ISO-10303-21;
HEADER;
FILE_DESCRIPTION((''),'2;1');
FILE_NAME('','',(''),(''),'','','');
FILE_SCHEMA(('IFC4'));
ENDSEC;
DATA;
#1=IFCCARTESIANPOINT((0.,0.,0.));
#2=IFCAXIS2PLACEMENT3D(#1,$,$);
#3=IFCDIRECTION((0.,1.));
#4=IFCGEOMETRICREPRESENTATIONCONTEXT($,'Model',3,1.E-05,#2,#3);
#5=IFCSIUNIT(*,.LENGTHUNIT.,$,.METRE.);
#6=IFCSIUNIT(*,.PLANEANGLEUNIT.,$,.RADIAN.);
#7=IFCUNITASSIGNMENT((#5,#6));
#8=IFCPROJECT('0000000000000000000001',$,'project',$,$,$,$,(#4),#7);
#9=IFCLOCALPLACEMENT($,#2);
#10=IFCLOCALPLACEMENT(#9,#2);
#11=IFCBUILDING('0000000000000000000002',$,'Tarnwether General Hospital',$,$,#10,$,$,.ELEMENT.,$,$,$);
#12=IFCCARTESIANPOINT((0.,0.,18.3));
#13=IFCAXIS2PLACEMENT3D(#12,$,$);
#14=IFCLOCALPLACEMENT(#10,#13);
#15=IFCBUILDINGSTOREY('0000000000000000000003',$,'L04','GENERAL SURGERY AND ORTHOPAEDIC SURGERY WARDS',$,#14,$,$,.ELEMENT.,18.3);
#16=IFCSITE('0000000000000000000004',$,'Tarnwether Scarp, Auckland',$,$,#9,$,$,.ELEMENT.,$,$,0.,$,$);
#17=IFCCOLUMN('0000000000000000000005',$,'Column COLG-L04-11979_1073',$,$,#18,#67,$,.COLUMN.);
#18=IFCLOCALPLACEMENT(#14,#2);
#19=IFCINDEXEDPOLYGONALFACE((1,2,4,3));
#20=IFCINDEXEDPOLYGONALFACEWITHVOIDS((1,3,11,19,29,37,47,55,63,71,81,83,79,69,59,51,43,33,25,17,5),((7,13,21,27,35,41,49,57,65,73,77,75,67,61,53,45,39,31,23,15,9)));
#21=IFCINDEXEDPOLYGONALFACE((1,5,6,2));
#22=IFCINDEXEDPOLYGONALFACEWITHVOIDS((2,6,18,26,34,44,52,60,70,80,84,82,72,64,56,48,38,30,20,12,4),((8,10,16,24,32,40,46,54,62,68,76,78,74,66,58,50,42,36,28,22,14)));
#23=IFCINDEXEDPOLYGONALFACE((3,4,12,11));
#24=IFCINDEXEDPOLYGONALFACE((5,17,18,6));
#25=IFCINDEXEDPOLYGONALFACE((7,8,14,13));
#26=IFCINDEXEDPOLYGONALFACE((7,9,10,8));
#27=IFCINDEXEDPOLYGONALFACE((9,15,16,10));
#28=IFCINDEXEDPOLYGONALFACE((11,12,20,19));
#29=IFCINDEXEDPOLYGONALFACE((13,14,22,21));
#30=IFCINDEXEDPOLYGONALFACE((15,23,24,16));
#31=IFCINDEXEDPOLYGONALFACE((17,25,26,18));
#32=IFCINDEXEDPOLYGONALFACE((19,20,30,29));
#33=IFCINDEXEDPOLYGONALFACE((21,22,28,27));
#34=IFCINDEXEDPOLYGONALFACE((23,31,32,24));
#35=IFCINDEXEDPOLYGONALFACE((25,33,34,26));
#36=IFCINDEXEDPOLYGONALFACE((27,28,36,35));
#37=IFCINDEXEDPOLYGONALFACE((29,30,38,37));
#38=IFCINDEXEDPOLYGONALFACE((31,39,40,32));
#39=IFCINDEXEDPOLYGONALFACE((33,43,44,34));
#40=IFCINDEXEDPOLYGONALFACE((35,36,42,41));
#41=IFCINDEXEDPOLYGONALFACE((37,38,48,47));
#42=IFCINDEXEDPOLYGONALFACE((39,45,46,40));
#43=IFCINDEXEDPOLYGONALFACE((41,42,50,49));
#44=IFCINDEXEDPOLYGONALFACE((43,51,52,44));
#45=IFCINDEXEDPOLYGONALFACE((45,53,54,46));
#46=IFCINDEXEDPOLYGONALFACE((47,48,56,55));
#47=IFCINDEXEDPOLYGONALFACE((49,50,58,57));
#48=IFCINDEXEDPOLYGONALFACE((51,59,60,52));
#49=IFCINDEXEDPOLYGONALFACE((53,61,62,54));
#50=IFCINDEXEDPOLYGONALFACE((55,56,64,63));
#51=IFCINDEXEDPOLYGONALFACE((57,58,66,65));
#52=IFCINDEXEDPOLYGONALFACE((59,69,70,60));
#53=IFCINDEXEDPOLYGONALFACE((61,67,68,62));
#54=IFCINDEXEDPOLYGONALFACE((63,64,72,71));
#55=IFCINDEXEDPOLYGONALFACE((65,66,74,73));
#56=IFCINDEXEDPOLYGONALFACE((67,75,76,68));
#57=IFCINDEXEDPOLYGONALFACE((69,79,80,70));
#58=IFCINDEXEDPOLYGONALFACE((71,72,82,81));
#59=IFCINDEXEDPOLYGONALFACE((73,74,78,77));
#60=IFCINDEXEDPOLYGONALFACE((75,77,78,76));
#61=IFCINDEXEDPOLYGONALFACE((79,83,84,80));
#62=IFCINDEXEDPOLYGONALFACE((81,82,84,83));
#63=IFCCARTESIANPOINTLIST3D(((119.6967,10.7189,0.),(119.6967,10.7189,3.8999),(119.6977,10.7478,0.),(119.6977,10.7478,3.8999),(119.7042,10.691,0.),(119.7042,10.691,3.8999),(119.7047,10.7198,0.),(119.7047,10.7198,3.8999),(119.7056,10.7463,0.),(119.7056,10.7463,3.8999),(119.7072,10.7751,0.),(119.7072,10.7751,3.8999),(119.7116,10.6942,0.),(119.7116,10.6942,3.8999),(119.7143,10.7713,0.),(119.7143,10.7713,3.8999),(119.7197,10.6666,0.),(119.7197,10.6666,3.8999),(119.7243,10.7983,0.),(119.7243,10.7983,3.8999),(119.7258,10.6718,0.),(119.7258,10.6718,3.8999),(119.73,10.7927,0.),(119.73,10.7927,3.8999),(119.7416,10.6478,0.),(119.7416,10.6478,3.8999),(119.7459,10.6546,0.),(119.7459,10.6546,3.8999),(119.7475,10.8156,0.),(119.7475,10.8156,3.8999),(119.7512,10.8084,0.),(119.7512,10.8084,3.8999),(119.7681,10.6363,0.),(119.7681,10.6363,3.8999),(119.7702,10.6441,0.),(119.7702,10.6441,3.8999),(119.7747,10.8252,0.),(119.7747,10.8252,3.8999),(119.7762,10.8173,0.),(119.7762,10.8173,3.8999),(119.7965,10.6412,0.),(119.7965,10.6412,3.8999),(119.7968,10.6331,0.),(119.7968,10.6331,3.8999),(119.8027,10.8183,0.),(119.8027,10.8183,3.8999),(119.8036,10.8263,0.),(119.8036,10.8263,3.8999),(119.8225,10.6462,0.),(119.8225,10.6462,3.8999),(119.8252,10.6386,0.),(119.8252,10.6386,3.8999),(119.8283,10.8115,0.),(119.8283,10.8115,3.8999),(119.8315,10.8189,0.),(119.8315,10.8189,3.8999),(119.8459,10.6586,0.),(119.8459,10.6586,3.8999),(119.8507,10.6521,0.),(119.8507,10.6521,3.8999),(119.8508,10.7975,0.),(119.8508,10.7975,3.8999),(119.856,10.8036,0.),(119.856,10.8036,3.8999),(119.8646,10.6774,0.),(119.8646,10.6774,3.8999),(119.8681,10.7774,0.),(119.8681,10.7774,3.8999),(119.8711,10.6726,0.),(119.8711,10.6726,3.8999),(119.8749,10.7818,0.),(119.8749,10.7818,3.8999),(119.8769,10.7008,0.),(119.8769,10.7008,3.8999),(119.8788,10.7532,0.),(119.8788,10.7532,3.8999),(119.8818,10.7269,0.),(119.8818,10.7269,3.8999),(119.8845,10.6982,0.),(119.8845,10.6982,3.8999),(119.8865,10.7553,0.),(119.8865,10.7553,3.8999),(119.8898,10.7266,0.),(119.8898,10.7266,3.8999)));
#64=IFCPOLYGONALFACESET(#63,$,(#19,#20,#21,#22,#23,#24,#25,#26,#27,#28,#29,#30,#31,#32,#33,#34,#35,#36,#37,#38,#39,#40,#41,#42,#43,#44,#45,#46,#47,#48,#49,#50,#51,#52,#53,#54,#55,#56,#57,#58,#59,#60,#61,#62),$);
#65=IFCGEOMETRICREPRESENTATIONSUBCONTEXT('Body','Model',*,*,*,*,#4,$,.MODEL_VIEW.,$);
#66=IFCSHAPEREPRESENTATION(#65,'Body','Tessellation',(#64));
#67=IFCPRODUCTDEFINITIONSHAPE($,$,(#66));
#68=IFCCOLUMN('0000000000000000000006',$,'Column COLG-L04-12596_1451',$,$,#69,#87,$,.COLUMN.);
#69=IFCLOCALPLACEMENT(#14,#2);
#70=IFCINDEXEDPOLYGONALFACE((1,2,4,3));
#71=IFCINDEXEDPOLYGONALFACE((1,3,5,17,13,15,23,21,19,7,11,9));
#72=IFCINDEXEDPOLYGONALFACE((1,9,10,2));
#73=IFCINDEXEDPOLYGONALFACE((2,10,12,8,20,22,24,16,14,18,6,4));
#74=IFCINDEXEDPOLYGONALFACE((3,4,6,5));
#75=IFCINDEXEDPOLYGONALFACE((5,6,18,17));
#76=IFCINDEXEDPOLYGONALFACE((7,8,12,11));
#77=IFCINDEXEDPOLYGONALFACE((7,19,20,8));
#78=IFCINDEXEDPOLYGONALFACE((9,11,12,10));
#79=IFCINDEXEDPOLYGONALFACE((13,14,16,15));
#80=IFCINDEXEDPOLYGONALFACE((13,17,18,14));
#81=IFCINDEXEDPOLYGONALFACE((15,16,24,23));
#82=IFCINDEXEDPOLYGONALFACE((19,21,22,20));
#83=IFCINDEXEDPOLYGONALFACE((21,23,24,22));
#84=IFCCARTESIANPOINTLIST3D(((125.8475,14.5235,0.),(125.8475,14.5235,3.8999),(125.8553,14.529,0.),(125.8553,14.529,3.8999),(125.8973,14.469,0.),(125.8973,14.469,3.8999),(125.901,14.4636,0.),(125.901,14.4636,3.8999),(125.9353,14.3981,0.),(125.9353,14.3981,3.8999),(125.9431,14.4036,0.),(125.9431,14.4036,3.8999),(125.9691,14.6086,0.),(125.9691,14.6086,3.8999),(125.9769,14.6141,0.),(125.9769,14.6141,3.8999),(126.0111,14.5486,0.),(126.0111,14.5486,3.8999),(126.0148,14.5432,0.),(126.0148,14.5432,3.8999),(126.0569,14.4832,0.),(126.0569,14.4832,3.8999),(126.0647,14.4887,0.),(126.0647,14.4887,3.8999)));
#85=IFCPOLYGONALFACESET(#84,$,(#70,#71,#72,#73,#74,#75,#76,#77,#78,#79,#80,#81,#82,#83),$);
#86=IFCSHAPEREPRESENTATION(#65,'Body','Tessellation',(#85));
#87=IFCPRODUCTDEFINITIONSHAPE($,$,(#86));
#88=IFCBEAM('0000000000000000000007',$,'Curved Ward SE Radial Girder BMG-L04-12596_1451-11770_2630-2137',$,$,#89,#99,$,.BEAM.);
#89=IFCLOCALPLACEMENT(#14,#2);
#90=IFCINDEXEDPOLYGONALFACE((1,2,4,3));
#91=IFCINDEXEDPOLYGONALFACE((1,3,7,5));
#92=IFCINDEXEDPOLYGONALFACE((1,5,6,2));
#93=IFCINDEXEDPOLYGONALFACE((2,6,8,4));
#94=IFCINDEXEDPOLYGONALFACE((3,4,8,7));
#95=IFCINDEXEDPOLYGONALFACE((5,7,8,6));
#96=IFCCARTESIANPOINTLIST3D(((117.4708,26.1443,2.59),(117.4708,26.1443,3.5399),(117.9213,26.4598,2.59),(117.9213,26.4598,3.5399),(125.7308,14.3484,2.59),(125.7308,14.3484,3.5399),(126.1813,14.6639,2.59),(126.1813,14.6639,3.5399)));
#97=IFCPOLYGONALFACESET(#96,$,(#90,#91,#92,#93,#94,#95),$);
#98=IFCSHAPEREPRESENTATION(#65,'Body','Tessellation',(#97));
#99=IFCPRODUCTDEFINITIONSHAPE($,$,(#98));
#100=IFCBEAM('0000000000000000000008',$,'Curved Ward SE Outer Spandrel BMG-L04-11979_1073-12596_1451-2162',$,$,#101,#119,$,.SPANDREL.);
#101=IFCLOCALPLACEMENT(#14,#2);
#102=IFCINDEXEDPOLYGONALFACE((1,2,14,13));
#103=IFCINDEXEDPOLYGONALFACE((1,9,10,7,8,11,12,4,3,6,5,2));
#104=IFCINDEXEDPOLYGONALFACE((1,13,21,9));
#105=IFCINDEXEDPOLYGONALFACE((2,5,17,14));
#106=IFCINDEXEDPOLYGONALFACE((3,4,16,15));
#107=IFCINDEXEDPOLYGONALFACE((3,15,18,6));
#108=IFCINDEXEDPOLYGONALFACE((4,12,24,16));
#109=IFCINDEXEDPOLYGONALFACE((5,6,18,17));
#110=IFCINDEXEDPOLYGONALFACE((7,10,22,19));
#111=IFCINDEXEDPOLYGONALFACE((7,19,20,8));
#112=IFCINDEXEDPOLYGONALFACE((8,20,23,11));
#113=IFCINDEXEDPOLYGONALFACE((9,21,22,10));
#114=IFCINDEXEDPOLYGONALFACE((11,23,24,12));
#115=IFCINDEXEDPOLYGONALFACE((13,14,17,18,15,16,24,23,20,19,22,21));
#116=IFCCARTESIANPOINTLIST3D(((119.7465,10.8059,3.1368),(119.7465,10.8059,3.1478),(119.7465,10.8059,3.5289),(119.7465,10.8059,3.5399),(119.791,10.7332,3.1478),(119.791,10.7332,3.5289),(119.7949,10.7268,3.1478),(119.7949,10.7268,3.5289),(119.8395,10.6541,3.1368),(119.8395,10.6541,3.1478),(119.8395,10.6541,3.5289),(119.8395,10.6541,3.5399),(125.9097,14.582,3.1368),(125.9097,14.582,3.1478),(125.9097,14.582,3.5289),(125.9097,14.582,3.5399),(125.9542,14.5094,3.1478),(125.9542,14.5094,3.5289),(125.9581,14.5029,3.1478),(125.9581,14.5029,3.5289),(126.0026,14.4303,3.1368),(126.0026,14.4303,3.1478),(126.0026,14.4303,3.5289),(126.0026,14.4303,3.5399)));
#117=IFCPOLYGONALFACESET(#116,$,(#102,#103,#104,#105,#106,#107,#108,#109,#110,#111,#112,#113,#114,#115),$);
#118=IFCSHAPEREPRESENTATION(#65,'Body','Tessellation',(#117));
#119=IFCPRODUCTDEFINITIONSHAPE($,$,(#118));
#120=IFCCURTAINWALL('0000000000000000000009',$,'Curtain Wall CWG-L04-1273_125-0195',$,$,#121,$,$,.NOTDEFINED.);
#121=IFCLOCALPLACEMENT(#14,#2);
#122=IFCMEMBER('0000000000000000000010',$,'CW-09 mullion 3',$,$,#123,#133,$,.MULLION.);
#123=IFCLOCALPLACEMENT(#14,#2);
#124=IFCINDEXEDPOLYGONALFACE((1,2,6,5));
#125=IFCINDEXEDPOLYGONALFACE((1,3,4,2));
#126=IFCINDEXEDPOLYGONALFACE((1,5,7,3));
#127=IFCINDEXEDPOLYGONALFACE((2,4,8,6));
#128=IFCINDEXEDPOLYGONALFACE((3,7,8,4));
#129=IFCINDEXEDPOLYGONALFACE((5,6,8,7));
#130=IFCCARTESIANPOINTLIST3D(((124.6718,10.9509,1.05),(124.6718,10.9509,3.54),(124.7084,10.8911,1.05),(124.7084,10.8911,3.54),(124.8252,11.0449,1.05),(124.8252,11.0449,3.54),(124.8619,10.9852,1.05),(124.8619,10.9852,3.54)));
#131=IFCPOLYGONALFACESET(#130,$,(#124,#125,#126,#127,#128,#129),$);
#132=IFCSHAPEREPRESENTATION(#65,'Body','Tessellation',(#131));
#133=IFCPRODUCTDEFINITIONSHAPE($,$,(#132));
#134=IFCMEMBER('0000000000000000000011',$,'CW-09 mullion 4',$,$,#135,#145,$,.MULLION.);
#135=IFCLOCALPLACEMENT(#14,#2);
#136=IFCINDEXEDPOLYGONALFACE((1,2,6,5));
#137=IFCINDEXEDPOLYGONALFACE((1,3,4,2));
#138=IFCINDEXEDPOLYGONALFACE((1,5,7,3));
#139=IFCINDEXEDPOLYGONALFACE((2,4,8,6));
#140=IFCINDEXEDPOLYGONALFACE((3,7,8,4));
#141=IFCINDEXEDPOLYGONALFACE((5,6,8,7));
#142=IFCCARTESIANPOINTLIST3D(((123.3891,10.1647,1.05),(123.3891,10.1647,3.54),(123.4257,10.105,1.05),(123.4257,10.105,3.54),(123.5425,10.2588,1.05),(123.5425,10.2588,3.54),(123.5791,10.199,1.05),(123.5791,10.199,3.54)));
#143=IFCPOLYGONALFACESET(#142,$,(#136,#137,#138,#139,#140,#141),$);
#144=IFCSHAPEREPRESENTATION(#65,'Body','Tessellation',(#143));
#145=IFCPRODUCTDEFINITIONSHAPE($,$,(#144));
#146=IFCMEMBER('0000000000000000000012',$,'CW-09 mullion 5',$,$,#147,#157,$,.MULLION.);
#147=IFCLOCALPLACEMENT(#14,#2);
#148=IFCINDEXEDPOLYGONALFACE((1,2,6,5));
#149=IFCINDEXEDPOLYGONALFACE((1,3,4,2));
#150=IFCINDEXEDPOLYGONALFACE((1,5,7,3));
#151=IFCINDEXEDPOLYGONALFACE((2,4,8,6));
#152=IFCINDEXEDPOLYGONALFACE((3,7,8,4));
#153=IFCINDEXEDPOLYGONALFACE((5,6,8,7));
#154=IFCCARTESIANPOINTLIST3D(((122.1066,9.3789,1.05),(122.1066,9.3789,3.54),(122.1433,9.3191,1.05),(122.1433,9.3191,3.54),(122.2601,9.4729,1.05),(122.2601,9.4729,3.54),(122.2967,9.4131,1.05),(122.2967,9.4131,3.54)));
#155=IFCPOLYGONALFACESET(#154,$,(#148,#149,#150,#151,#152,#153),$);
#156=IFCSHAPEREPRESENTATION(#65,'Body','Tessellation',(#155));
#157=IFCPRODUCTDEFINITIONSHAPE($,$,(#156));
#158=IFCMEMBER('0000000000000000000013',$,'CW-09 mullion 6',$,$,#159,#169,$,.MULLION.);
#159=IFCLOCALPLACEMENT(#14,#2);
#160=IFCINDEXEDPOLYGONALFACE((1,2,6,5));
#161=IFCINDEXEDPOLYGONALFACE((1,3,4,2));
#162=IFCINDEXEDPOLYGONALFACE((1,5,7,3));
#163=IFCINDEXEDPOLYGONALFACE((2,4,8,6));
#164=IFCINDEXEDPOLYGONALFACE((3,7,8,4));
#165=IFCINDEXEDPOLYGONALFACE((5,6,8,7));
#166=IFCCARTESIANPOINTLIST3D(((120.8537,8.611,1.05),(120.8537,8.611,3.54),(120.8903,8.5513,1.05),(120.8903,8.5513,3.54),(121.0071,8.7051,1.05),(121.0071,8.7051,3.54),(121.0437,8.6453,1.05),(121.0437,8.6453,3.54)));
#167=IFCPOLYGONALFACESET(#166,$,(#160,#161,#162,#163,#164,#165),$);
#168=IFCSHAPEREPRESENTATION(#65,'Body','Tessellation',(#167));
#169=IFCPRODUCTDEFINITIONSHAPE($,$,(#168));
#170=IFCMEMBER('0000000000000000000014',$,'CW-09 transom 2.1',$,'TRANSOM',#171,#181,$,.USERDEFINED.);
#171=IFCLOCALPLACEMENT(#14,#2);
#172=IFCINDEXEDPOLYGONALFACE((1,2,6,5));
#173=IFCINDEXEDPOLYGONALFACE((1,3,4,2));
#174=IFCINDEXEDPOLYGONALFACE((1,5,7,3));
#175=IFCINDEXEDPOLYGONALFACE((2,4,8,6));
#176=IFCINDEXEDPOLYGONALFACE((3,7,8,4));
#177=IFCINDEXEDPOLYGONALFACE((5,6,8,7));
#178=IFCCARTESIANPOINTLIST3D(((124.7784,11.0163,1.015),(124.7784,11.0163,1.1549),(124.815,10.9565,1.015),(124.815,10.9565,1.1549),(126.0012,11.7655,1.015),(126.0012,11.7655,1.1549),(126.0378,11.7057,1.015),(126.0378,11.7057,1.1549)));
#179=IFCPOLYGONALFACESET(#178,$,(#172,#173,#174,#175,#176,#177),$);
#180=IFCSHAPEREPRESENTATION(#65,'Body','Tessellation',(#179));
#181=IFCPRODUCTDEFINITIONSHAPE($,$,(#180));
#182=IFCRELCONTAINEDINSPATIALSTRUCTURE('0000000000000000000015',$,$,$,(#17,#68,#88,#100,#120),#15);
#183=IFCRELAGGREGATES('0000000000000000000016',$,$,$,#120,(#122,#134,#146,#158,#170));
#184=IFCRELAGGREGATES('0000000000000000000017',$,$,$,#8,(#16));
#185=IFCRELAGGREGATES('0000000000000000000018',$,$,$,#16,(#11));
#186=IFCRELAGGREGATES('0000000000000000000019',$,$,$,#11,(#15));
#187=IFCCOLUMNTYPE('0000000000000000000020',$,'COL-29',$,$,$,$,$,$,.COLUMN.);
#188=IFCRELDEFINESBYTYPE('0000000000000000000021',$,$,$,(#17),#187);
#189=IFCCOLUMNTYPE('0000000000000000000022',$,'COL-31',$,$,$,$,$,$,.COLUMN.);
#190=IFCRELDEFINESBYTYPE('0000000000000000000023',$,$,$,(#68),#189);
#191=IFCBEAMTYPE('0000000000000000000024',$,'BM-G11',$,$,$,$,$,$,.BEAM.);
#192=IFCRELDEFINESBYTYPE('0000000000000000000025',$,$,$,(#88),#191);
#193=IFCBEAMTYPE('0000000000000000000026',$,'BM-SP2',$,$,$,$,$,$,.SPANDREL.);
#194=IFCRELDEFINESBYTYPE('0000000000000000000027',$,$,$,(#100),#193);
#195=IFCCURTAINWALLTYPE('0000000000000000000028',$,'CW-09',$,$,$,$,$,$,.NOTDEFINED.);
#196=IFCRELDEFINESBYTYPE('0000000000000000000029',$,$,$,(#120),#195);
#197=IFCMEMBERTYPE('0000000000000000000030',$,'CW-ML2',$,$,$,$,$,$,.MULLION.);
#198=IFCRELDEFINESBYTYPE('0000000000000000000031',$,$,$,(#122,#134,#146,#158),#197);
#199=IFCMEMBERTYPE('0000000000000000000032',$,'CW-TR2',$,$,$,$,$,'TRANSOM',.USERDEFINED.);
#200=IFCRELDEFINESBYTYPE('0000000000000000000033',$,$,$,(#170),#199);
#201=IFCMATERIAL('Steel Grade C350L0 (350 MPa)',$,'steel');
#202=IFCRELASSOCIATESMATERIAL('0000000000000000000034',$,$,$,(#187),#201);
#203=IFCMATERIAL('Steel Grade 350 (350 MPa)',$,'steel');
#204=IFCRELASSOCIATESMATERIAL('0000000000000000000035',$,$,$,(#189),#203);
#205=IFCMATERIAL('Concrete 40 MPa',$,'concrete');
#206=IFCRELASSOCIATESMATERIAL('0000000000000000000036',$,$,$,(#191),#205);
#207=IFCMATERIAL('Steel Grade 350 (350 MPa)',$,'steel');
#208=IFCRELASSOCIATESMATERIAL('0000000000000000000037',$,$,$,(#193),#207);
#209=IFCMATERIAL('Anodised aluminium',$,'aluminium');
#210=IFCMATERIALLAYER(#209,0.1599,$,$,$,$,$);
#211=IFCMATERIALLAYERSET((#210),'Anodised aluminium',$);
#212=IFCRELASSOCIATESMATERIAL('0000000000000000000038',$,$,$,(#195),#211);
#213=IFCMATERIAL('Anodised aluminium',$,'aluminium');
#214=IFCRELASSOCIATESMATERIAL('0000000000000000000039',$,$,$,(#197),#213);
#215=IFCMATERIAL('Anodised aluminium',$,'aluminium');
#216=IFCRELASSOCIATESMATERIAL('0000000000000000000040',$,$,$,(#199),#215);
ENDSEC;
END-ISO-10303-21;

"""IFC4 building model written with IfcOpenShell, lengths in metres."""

from ifc_helpers import new_model, si_unit, direction, frame, origin, origin_2d, place, context, subcontext, project, spatial, rectangle, hollow_circle, i_section, extrude, material, layer, layer_set, material_profile, profile_set, type_object, element, aggregate, save


model = new_model("IFC4")

# Units and contexts
model_context = context("Model", 3, precision=1e-05, world=origin(), true_north=direction((0.0, 1.0)))
body_context = subcontext(model_context, "Body", "Model", "MODEL_VIEW")
ifc_project = project(units=[si_unit("LENGTHUNIT", "METRE"), si_unit("PLANEANGLEUNIT", "RADIAN")], contexts=[model_context])

# Site, building, storey
site_placement = place(None, origin())
site = spatial("IfcSite", under=ifc_project, at=site_placement, Name="Tarnwether Scarp, Auckland", CompositionType="ELEMENT", RefElevation=0.0)
building_placement = place(site_placement, origin())
building = spatial("IfcBuilding", under=site, at=building_placement, Name="Tarnwether General Hospital", CompositionType="ELEMENT")
storey_placement = place(building_placement, frame((0.0, 0.0, 18.3)))
storey = spatial("IfcBuildingStorey", under=building, at=storey_placement, Name="L04", Description="GENERAL SURGERY AND ORTHOPAEDIC SURGERY WARDS", CompositionType="ELEMENT", Elevation=18.3)

# Columns
ifc_material_1 = material(Name="Steel Grade C350L0 (350 MPa)", Category="steel")
ifc_material_profile_1 = material_profile(ifc_material_1, hollow_circle(Radius=0.0969, WallThickness=0.0081, at=origin_2d()), Name="CHS193.7x8.0")
ifc_profile_set_1 = profile_set([ifc_material_profile_1], Name="Steel Grade C350L0 (350 MPa)")
column_type_1 = type_object("IfcColumnType", Name="COL-29", PredefinedType="COLUMN", material=ifc_profile_set_1)
column_1_placement = place(storey_placement, frame((119.793, 10.73, 0.0), z_axis=(0.0, 0.0, 1.0), x_axis=(-0.469472, 0.882948, 0.0)))
element("IfcColumn", 1, at=column_1_placement, inside=storey, type_object=column_type_1, Name="Column COLG-L04-11979_1073", PredefinedType="COLUMN", context=body_context, shape_type="SweptSolid", body=[
    extrude(hollow_circle(Radius=0.0969, WallThickness=0.0081, at=origin_2d()), origin(), (0.0, 0.0, 1.0), 3.8999),
])
ifc_material_2 = material(Name="Steel Grade 350 (350 MPa)", Category="steel")
ifc_material_profile_2 = material_profile(ifc_material_2, i_section(OverallWidth=0.1531, OverallDepth=0.158, WebThickness=0.0066, FlangeThickness=0.0095, at=origin_2d()), Name="150UC30.0")
ifc_profile_set_2 = profile_set([ifc_material_profile_2], Name="Steel Grade 350 (350 MPa)")
column_type_2 = type_object("IfcColumnType", Name="COL-31", PredefinedType="COLUMN", material=ifc_profile_set_2)
column_2_placement = place(storey_placement, frame((125.9561, 14.5061, 0.0), z_axis=(0.0, 0.0, 1.0), x_axis=(-0.573576, 0.819152, 0.0)))
element("IfcColumn", 2, at=column_2_placement, inside=storey, type_object=column_type_2, Name="Column COLG-L04-12596_1451", PredefinedType="COLUMN", context=body_context, shape_type="SweptSolid", body=[
    extrude(i_section(OverallWidth=0.1531, OverallDepth=0.158, WebThickness=0.0066, FlangeThickness=0.0095, at=origin_2d()), origin(), (0.0, 0.0, 1.0), 3.8999),
])

# Beams
ifc_material_3 = material(Name="Concrete 40 MPa", Category="concrete")
ifc_material_profile_3 = material_profile(ifc_material_3, rectangle(XDim=0.55, YDim=0.95, at=origin_2d()), Name="RC-BM-550x950")
ifc_profile_set_3 = profile_set([ifc_material_profile_3], Name="Concrete 40 MPa")
beam_type_1 = type_object("IfcBeamType", Name="BM-G11", PredefinedType="BEAM", material=ifc_profile_set_3)
beam_1_placement = place(storey_placement, frame((125.9561, 14.5061, 3.0649), z_axis=(-0.573597, 0.819138, 0.0), x_axis=(-0.819138, -0.573597, 0.0)))
element("IfcBeam", 3, at=beam_1_placement, inside=storey, type_object=beam_type_1, Name="Curved Ward SE Radial Girder BMG-L04-12596_1451-11770_2630-2137", PredefinedType="BEAM", context=body_context, shape_type="SweptSolid", body=[
    extrude(rectangle(XDim=0.55, YDim=0.95, at=origin_2d()), origin(), (0.0, 0.0, 1.0), 14.4004),
])
ifc_material_4 = material(Name="Steel Grade 350 (350 MPa)", Category="steel")
ifc_material_profile_4 = material_profile(ifc_material_4, i_section(OverallWidth=0.178, OverallDepth=0.4031, WebThickness=0.0076, FlangeThickness=0.011, at=origin_2d()), Name="410UB53.7")
ifc_profile_set_4 = profile_set([ifc_material_profile_4], Name="Steel Grade 350 (350 MPa)")
beam_type_2 = type_object("IfcBeamType", Name="BM-SP2", PredefinedType="SPANDREL", material=ifc_profile_set_4)
beam_2_placement = place(storey_placement, frame((119.793, 10.73, 3.3384), z_axis=(0.852678, 0.522436, 0.0), x_axis=(-0.522436, 0.852678, 0.0)))
element("IfcBeam", 4, at=beam_2_placement, inside=storey, type_object=beam_type_2, Name="Curved Ward SE Outer Spandrel BMG-L04-11979_1073-12596_1451-2162", PredefinedType="SPANDREL", context=body_context, shape_type="SweptSolid", body=[
    extrude(i_section(OverallWidth=0.178, OverallDepth=0.4031, WebThickness=0.0076, FlangeThickness=0.011, at=origin_2d()), origin(), (0.0, 0.0, 1.0), 7.228),
])

# Curtain wall, members
ifc_material_5 = material(Name="Anodised aluminium", Category="aluminium")
ifc_layer_1 = layer(ifc_material_5, 0.1599)
ifc_layer_set_1 = layer_set([ifc_layer_1], Name="Anodised aluminium")
curtain_wall_type = type_object("IfcCurtainWallType", Name="CW-09", PredefinedType="NOTDEFINED", material=ifc_layer_set_1)
curtain_wall_placement = place(storey_placement, origin())
curtain_wall = element("IfcCurtainWall", 5, at=curtain_wall_placement, inside=storey, type_object=curtain_wall_type, Name="Curtain Wall CWG-L04-1273_125-0195", PredefinedType="NOTDEFINED")
ifc_material_6 = material(Name="Anodised aluminium", Category="aluminium")
ifc_material_profile_5 = material_profile(ifc_material_6, rectangle(XDim=0.0701, YDim=0.1799, at=origin_2d()), Name="ALU-MUL-70x180")
ifc_profile_set_5 = profile_set([ifc_material_profile_5], Name="Anodised aluminium")
member_type_1 = type_object("IfcMemberType", Name="CW-ML2", PredefinedType="MULLION", material=ifc_profile_set_5)
member_1_placement = place(storey_placement, frame((124.7668, 10.968, 1.05), z_axis=(0.0, 0.0, 1.0), x_axis=(0.522509, -0.852634, 0.0)))
member_1 = element("IfcMember", 6, at=member_1_placement, type_object=member_type_1, Name="CW-09 mullion 3", PredefinedType="MULLION", context=body_context, shape_type="SweptSolid", body=[
    extrude(rectangle(XDim=0.0701, YDim=0.1799, at=origin_2d()), origin(), (0.0, 0.0, 1.0), 2.49),
])
member_2_placement = place(storey_placement, frame((123.4841, 10.1819, 1.05), z_axis=(0.0, 0.0, 1.0), x_axis=(0.522509, -0.852634, 0.0)))
member_2 = element("IfcMember", 7, at=member_2_placement, type_object=member_type_1, Name="CW-09 mullion 4", PredefinedType="MULLION", context=body_context, shape_type="SweptSolid", body=[
    extrude(rectangle(XDim=0.0701, YDim=0.1799, at=origin_2d()), origin(), (0.0, 0.0, 1.0), 2.49),
])
member_3_placement = place(storey_placement, frame((122.2017, 9.396, 1.05), z_axis=(0.0, 0.0, 1.0), x_axis=(0.522509, -0.852634, 0.0)))
member_3 = element("IfcMember", 8, at=member_3_placement, type_object=member_type_1, Name="CW-09 mullion 5", PredefinedType="MULLION", context=body_context, shape_type="SweptSolid", body=[
    extrude(rectangle(XDim=0.0701, YDim=0.1799, at=origin_2d()), origin(), (0.0, 0.0, 1.0), 2.49),
])
member_4_placement = place(storey_placement, frame((120.9487, 8.6282, 1.05), z_axis=(0.0, 0.0, 1.0), x_axis=(0.522509, -0.852634, 0.0)))
member_4 = element("IfcMember", 9, at=member_4_placement, type_object=member_type_1, Name="CW-09 mullion 6", PredefinedType="MULLION", context=body_context, shape_type="SweptSolid", body=[
    extrude(rectangle(XDim=0.0701, YDim=0.1799, at=origin_2d()), origin(), (0.0, 0.0, 1.0), 2.49),
])
ifc_material_7 = material(Name="Anodised aluminium", Category="aluminium")
ifc_material_profile_6 = material_profile(ifc_material_7, rectangle(XDim=0.0701, YDim=0.1399, at=origin_2d()), Name="ALU-TRN-70x140")
ifc_profile_set_6 = profile_set([ifc_material_profile_6], Name="Anodised aluminium")
member_type_2 = type_object("IfcMemberType", Name="CW-TR2", ElementType="TRANSOM", PredefinedType="USERDEFINED", material=ifc_profile_set_6)
member_5_placement = place(storey_placement, frame((126.0195, 11.7356, 1.085), z_axis=(-0.85268, -0.522434, 0.0), x_axis=(0.522434, -0.85268, 0.0)))
member_5 = element("IfcMember", 10, at=member_5_placement, type_object=member_type_2, Name="CW-09 transom 2.1", ObjectType="TRANSOM", PredefinedType="USERDEFINED", context=body_context, shape_type="SweptSolid", body=[
    extrude(rectangle(XDim=0.0701, YDim=0.1399, at=origin_2d()), origin(), (0.0, 0.0, 1.0), 1.4341),
])
aggregate(curtain_wall, [member_1, member_2, member_3, member_4, member_5])

save(model, "model.ifc")
